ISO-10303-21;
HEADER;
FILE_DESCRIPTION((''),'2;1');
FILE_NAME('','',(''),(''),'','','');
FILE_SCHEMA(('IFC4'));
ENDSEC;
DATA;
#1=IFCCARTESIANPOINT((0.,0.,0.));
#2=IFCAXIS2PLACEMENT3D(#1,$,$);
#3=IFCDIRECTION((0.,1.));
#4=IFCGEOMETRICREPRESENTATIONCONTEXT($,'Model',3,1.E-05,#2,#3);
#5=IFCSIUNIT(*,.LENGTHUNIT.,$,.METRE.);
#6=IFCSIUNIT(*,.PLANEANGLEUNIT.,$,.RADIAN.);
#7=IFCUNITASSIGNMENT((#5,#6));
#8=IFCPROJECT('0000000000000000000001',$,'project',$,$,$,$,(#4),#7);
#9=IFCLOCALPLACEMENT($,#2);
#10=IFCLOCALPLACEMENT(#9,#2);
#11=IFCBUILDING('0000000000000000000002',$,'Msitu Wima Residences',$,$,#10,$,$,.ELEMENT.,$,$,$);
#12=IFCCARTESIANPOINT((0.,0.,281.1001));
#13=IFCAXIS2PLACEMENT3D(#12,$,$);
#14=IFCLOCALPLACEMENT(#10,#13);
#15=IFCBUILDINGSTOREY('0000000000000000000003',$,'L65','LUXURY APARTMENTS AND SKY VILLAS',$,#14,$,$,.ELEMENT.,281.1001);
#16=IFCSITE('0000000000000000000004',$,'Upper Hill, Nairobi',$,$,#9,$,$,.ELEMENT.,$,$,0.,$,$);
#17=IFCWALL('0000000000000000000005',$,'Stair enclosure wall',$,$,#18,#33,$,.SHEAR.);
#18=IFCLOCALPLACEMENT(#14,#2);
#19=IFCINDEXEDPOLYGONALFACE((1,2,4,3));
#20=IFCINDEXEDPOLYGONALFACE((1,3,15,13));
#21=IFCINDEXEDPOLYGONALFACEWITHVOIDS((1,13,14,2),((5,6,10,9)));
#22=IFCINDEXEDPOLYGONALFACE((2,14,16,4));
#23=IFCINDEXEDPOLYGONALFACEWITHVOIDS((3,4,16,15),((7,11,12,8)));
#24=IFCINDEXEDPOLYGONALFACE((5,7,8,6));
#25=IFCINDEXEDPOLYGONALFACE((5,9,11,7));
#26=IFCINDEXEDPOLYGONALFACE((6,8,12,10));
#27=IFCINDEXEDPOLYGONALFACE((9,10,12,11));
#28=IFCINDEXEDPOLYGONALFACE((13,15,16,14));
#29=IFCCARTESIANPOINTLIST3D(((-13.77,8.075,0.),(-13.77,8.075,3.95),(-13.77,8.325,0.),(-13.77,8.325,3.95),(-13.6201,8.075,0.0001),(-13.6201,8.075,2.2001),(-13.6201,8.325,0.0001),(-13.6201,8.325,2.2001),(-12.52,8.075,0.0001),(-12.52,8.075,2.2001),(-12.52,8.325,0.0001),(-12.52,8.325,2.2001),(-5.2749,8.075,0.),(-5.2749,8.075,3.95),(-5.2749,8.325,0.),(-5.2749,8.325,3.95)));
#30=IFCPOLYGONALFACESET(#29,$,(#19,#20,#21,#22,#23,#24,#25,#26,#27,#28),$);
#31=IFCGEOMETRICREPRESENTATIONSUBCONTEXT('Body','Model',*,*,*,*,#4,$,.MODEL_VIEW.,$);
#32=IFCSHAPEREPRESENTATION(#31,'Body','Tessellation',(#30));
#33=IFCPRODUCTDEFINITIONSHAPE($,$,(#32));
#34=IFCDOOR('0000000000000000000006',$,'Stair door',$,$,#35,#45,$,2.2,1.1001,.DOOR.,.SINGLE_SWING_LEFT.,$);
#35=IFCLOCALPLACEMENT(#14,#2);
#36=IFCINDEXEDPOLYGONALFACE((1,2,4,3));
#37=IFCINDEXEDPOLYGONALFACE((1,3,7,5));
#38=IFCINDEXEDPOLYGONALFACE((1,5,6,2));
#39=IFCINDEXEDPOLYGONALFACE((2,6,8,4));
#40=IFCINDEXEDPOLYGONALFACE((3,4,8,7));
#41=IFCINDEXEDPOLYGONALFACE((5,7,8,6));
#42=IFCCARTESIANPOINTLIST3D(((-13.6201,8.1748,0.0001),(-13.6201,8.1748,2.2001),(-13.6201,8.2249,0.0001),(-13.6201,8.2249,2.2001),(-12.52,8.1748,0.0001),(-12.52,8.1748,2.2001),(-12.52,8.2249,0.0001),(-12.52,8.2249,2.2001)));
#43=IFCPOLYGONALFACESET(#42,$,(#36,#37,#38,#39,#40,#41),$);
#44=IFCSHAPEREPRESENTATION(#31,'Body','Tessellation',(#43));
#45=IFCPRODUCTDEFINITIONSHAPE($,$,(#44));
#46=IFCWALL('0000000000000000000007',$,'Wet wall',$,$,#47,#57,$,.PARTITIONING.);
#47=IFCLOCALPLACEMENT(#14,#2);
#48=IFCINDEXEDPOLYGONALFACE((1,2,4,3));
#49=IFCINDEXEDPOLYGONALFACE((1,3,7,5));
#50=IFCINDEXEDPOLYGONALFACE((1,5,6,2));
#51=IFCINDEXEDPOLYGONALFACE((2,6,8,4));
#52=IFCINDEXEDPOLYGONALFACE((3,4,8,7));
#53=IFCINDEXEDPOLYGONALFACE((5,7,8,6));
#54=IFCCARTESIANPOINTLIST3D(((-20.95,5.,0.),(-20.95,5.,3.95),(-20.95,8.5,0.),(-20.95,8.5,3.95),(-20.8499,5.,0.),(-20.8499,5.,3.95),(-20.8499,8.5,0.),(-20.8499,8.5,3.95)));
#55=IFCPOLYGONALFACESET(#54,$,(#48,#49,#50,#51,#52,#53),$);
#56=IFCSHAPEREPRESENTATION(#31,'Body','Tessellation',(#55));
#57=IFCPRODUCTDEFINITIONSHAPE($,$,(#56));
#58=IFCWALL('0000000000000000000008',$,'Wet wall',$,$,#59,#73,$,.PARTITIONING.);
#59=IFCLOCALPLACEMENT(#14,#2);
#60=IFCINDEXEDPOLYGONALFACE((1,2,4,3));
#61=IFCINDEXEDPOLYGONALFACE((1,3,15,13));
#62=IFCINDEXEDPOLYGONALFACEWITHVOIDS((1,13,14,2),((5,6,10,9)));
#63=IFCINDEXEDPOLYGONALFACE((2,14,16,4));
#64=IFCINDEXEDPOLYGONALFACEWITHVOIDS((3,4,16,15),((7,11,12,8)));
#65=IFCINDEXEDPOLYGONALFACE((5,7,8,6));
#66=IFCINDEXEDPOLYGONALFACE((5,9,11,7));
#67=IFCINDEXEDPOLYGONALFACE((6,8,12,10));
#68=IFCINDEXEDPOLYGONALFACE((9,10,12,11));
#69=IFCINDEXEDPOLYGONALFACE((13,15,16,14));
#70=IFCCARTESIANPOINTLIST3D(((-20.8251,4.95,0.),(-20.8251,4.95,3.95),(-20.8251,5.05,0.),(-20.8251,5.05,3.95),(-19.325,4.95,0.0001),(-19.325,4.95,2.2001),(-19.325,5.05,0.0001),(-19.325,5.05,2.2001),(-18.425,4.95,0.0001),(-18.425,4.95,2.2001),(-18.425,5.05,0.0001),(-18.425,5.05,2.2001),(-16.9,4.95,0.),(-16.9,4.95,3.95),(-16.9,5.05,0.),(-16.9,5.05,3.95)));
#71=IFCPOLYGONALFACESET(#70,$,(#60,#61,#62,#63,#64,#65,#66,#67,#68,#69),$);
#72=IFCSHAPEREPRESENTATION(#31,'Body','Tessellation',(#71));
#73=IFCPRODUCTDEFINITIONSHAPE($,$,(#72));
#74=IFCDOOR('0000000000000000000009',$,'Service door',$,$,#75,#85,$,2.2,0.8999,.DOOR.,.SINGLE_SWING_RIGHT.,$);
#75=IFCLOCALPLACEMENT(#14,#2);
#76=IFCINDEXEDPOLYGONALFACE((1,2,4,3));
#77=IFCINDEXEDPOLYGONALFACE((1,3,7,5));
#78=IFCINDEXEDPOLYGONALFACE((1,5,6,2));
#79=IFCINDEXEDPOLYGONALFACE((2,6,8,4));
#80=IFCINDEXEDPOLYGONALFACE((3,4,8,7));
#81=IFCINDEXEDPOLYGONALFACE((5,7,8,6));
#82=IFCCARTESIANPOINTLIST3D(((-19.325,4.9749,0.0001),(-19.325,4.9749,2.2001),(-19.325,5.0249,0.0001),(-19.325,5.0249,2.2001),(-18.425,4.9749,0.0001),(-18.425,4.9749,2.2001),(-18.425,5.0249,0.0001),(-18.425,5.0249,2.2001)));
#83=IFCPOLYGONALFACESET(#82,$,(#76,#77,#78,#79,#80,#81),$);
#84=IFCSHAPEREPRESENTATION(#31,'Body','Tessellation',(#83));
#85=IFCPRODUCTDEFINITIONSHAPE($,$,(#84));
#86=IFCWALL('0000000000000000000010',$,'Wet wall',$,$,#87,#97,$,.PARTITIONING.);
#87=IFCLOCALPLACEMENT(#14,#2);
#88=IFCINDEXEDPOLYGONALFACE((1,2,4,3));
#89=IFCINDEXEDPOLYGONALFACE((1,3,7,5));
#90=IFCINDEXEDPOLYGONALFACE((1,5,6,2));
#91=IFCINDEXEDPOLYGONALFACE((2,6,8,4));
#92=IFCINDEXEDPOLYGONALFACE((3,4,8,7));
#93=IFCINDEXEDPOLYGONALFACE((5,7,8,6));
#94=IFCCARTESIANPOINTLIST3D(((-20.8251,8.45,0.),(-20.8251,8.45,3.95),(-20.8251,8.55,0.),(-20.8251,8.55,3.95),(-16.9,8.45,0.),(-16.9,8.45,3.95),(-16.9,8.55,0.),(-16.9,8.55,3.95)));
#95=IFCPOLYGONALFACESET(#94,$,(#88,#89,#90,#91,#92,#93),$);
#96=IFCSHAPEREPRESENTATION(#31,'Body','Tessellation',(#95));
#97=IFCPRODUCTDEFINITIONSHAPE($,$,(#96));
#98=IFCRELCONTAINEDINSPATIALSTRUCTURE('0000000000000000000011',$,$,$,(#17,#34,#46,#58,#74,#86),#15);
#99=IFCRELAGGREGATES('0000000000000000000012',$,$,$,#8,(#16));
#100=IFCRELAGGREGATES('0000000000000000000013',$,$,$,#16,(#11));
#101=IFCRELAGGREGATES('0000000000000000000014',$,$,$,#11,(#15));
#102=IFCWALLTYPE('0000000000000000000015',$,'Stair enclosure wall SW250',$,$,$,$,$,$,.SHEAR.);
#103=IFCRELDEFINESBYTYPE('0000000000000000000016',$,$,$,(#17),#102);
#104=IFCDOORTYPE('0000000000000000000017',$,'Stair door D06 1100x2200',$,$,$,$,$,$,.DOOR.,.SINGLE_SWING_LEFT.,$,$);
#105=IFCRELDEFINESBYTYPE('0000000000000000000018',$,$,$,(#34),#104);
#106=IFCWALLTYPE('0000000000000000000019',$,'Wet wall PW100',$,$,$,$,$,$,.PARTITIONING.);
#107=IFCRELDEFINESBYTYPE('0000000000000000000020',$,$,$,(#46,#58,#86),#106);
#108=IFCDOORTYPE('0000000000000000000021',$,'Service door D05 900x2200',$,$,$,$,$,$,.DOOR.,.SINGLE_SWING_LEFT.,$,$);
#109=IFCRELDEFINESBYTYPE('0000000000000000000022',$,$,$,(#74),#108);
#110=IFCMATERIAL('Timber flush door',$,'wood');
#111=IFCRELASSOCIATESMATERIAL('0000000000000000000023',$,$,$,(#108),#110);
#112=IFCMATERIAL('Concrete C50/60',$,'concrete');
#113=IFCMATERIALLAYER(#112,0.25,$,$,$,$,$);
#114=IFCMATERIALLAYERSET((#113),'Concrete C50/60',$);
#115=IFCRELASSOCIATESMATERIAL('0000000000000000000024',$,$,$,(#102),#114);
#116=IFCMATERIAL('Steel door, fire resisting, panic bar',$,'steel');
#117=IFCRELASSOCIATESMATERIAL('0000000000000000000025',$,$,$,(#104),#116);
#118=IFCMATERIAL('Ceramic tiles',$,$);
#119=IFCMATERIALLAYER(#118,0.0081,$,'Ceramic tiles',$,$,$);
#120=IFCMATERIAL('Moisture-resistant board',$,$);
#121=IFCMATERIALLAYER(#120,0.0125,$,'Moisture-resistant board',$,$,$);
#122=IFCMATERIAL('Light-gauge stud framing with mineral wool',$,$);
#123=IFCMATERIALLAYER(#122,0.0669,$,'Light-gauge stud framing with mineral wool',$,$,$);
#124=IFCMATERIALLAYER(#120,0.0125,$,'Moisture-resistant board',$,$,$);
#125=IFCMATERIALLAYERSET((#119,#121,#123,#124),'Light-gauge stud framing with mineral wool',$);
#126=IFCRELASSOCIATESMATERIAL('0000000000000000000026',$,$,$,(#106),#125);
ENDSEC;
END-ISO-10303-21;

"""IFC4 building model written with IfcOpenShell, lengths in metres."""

from ifc_helpers import new_model, si_unit, direction, frame, frame_2d, origin, place, context, subcontext, project, spatial, rectangle, extrude, material, layer, layer_set, type_object, element, fill, save


model = new_model("IFC4")

# Units and contexts
model_context = context("Model", 3, precision=1e-05, world=origin(), true_north=direction((0.0, 1.0)))
body_context = subcontext(model_context, "Body", "Model", "MODEL_VIEW")
ifc_project = project(units=[si_unit("LENGTHUNIT", "METRE"), si_unit("PLANEANGLEUNIT", "RADIAN")], contexts=[model_context])

# Site, building, storey
site_placement = place(None, origin())
site = spatial("IfcSite", under=ifc_project, at=site_placement, Name="Upper Hill, Nairobi", CompositionType="ELEMENT", RefElevation=0.0)
building_placement = place(site_placement, origin())
building = spatial("IfcBuilding", under=site, at=building_placement, Name="Msitu Wima Residences", CompositionType="ELEMENT")
storey_placement = place(building_placement, frame((0.0, 0.0, 281.1001)))
storey = spatial("IfcBuildingStorey", under=building, at=storey_placement, Name="L65", Description="LUXURY APARTMENTS AND SKY VILLAS", CompositionType="ELEMENT", Elevation=281.1001)

# Shared definitions
ifc_material_1 = material(Name="Concrete C50/60", Category="concrete")

# Shared definitions
ifc_material_2 = material(Name="Timber flush door", Category="wood")
door_type_1 = type_object("IfcDoorType", Name="Service door D05 900x2200", OperationType="SINGLE_SWING_LEFT", PredefinedType="DOOR", material=ifc_material_2)

# Shared definitions
ifc_material_3 = material(Name="Light-gauge stud framing with mineral wool")

# Wall, opening, door
ifc_layer_1 = layer(ifc_material_1, 0.25)
ifc_layer_set_1 = layer_set([ifc_layer_1], Name="Concrete C50/60")
wall_type_1 = type_object("IfcWallType", Name="Stair enclosure wall SW250", PredefinedType="SHEAR", material=ifc_layer_set_1)
wall_1_placement = place(storey_placement, frame((-13.77, 8.2, 0.0), z_axis=(0.0, 0.0, 1.0), x_axis=(1.0, 0.0, 0.0)))
wall_1 = element("IfcWall", 1, at=wall_1_placement, inside=storey, type_object=wall_type_1, Name="Stair enclosure wall", PredefinedType="SHEAR", context=body_context, shape_type="SweptSolid", body=[
    extrude(rectangle(XDim=8.4951, YDim=0.25, at=frame_2d((4.2476, 0.0))), origin(), (0.0, 0.0, 1.0), 3.95),
])
opening_1_placement = place(wall_1_placement, frame((0.1499, 0.0, 0.0)))
opening_1 = element("IfcOpeningElement", 2, at=opening_1_placement, cuts=wall_1, PredefinedType="OPENING", context=body_context, shape_type="SweptSolid", body=[
    extrude(rectangle(XDim=1.1001, YDim=2.2, at=frame_2d((0.55, 1.1001))), frame((0.0, 0.135, 0.0), z_axis=(0.0, -1.0, 0.0), x_axis=(1.0, 0.0, 0.0)), (0.0, 0.0, 1.0), 0.27),
])
ifc_material_4 = material(Name="Steel door, fire resisting, panic bar", Category="steel")
door_type_2 = type_object("IfcDoorType", Name="Stair door D06 1100x2200", OperationType="SINGLE_SWING_LEFT", PredefinedType="DOOR", material=ifc_material_4)
door_1_placement = place(opening_1_placement, origin())
door_1 = element("IfcDoor", 3, at=door_1_placement, inside=storey, type_object=door_type_2, Name="Stair door", OperationType="SINGLE_SWING_LEFT", OverallHeight=2.2, OverallWidth=1.1001, PredefinedType="DOOR", context=body_context, shape_type="SweptSolid", body=[
    extrude(rectangle(XDim=1.1001, YDim=2.2, at=frame_2d((0.55, 1.1001))), frame((0.0, 0.0249, 0.0), z_axis=(0.0, -1.0, 0.0), x_axis=(1.0, 0.0, 0.0)), (0.0, 0.0, 1.0), 0.05),
])
fill(opening_1, door_1)

# Wall
ifc_material_5 = material(Name="Ceramic tiles")
ifc_layer_2 = layer(ifc_material_5, 0.0081, Name="Ceramic tiles")
ifc_material_6 = material(Name="Moisture-resistant board")
ifc_layer_3 = layer(ifc_material_6, 0.0125, Name="Moisture-resistant board")
ifc_layer_4 = layer(ifc_material_3, 0.0669, Name="Light-gauge stud framing with mineral wool")
ifc_layer_5 = layer(ifc_material_6, 0.0125, Name="Moisture-resistant board")
ifc_layer_set_2 = layer_set([ifc_layer_2, ifc_layer_3, ifc_layer_4, ifc_layer_5], Name="Light-gauge stud framing with mineral wool")
wall_type_2 = type_object("IfcWallType", Name="Wet wall PW100", PredefinedType="PARTITIONING", material=ifc_layer_set_2)
wall_2_placement = place(storey_placement, frame((-20.8999, 5.0, 0.0), z_axis=(0.0, 0.0, 1.0), x_axis=(0.0, 1.0, 0.0)))
element("IfcWall", 4, at=wall_2_placement, inside=storey, type_object=wall_type_2, Name="Wet wall", PredefinedType="PARTITIONING", context=body_context, shape_type="SweptSolid", body=[
    extrude(rectangle(XDim=3.5, YDim=0.1001, at=frame_2d((1.75, 0.0))), origin(), (0.0, 0.0, 1.0), 3.95),
])

# Wall, opening, door
wall_3_placement = place(storey_placement, frame((-20.825, 5.0, 0.0), z_axis=(0.0, 0.0, 1.0), x_axis=(1.0, 0.0, 0.0)))
wall_3 = element("IfcWall", 5, at=wall_3_placement, inside=storey, type_object=wall_type_2, Name="Wet wall", PredefinedType="PARTITIONING", context=body_context, shape_type="SweptSolid", body=[
    extrude(rectangle(XDim=3.925, YDim=0.1001, at=frame_2d((1.9624, 0.0))), origin(), (0.0, 0.0, 1.0), 3.95),
])
opening_2_placement = place(wall_3_placement, frame((1.5, 0.0, 0.0)))
opening_2 = element("IfcOpeningElement", 6, at=opening_2_placement, cuts=wall_3, PredefinedType="OPENING", context=body_context, shape_type="SweptSolid", body=[
    extrude(rectangle(XDim=0.8999, YDim=2.2, at=frame_2d((0.45, 1.1001))), frame((0.0, 0.0601, 0.0), z_axis=(0.0, -1.0, 0.0), x_axis=(1.0, 0.0, 0.0)), (0.0, 0.0, 1.0), 0.1201),
])
door_2_placement = place(opening_2_placement, origin())
door_2 = element("IfcDoor", 7, at=door_2_placement, inside=storey, type_object=door_type_1, Name="Service door", OperationType="SINGLE_SWING_RIGHT", OverallHeight=2.2, OverallWidth=0.8999, PredefinedType="DOOR", context=body_context, shape_type="SweptSolid", body=[
    extrude(rectangle(XDim=0.8999, YDim=2.2, at=frame_2d((0.45, 1.1001))), frame((0.0, 0.0249, 0.0), z_axis=(0.0, -1.0, 0.0), x_axis=(1.0, 0.0, 0.0)), (0.0, 0.0, 1.0), 0.05),
])
fill(opening_2, door_2)

# Wall
wall_4_placement = place(storey_placement, frame((-20.825, 8.5, 0.0), z_axis=(0.0, 0.0, 1.0), x_axis=(1.0, 0.0, 0.0)))
element("IfcWall", 8, at=wall_4_placement, inside=storey, type_object=wall_type_2, Name="Wet wall", PredefinedType="PARTITIONING", context=body_context, shape_type="SweptSolid", body=[
    extrude(rectangle(XDim=3.925, YDim=0.1001, at=frame_2d((1.9624, 0.0))), origin(), (0.0, 0.0, 1.0), 3.95),
])

save(model, "model.ifc")
